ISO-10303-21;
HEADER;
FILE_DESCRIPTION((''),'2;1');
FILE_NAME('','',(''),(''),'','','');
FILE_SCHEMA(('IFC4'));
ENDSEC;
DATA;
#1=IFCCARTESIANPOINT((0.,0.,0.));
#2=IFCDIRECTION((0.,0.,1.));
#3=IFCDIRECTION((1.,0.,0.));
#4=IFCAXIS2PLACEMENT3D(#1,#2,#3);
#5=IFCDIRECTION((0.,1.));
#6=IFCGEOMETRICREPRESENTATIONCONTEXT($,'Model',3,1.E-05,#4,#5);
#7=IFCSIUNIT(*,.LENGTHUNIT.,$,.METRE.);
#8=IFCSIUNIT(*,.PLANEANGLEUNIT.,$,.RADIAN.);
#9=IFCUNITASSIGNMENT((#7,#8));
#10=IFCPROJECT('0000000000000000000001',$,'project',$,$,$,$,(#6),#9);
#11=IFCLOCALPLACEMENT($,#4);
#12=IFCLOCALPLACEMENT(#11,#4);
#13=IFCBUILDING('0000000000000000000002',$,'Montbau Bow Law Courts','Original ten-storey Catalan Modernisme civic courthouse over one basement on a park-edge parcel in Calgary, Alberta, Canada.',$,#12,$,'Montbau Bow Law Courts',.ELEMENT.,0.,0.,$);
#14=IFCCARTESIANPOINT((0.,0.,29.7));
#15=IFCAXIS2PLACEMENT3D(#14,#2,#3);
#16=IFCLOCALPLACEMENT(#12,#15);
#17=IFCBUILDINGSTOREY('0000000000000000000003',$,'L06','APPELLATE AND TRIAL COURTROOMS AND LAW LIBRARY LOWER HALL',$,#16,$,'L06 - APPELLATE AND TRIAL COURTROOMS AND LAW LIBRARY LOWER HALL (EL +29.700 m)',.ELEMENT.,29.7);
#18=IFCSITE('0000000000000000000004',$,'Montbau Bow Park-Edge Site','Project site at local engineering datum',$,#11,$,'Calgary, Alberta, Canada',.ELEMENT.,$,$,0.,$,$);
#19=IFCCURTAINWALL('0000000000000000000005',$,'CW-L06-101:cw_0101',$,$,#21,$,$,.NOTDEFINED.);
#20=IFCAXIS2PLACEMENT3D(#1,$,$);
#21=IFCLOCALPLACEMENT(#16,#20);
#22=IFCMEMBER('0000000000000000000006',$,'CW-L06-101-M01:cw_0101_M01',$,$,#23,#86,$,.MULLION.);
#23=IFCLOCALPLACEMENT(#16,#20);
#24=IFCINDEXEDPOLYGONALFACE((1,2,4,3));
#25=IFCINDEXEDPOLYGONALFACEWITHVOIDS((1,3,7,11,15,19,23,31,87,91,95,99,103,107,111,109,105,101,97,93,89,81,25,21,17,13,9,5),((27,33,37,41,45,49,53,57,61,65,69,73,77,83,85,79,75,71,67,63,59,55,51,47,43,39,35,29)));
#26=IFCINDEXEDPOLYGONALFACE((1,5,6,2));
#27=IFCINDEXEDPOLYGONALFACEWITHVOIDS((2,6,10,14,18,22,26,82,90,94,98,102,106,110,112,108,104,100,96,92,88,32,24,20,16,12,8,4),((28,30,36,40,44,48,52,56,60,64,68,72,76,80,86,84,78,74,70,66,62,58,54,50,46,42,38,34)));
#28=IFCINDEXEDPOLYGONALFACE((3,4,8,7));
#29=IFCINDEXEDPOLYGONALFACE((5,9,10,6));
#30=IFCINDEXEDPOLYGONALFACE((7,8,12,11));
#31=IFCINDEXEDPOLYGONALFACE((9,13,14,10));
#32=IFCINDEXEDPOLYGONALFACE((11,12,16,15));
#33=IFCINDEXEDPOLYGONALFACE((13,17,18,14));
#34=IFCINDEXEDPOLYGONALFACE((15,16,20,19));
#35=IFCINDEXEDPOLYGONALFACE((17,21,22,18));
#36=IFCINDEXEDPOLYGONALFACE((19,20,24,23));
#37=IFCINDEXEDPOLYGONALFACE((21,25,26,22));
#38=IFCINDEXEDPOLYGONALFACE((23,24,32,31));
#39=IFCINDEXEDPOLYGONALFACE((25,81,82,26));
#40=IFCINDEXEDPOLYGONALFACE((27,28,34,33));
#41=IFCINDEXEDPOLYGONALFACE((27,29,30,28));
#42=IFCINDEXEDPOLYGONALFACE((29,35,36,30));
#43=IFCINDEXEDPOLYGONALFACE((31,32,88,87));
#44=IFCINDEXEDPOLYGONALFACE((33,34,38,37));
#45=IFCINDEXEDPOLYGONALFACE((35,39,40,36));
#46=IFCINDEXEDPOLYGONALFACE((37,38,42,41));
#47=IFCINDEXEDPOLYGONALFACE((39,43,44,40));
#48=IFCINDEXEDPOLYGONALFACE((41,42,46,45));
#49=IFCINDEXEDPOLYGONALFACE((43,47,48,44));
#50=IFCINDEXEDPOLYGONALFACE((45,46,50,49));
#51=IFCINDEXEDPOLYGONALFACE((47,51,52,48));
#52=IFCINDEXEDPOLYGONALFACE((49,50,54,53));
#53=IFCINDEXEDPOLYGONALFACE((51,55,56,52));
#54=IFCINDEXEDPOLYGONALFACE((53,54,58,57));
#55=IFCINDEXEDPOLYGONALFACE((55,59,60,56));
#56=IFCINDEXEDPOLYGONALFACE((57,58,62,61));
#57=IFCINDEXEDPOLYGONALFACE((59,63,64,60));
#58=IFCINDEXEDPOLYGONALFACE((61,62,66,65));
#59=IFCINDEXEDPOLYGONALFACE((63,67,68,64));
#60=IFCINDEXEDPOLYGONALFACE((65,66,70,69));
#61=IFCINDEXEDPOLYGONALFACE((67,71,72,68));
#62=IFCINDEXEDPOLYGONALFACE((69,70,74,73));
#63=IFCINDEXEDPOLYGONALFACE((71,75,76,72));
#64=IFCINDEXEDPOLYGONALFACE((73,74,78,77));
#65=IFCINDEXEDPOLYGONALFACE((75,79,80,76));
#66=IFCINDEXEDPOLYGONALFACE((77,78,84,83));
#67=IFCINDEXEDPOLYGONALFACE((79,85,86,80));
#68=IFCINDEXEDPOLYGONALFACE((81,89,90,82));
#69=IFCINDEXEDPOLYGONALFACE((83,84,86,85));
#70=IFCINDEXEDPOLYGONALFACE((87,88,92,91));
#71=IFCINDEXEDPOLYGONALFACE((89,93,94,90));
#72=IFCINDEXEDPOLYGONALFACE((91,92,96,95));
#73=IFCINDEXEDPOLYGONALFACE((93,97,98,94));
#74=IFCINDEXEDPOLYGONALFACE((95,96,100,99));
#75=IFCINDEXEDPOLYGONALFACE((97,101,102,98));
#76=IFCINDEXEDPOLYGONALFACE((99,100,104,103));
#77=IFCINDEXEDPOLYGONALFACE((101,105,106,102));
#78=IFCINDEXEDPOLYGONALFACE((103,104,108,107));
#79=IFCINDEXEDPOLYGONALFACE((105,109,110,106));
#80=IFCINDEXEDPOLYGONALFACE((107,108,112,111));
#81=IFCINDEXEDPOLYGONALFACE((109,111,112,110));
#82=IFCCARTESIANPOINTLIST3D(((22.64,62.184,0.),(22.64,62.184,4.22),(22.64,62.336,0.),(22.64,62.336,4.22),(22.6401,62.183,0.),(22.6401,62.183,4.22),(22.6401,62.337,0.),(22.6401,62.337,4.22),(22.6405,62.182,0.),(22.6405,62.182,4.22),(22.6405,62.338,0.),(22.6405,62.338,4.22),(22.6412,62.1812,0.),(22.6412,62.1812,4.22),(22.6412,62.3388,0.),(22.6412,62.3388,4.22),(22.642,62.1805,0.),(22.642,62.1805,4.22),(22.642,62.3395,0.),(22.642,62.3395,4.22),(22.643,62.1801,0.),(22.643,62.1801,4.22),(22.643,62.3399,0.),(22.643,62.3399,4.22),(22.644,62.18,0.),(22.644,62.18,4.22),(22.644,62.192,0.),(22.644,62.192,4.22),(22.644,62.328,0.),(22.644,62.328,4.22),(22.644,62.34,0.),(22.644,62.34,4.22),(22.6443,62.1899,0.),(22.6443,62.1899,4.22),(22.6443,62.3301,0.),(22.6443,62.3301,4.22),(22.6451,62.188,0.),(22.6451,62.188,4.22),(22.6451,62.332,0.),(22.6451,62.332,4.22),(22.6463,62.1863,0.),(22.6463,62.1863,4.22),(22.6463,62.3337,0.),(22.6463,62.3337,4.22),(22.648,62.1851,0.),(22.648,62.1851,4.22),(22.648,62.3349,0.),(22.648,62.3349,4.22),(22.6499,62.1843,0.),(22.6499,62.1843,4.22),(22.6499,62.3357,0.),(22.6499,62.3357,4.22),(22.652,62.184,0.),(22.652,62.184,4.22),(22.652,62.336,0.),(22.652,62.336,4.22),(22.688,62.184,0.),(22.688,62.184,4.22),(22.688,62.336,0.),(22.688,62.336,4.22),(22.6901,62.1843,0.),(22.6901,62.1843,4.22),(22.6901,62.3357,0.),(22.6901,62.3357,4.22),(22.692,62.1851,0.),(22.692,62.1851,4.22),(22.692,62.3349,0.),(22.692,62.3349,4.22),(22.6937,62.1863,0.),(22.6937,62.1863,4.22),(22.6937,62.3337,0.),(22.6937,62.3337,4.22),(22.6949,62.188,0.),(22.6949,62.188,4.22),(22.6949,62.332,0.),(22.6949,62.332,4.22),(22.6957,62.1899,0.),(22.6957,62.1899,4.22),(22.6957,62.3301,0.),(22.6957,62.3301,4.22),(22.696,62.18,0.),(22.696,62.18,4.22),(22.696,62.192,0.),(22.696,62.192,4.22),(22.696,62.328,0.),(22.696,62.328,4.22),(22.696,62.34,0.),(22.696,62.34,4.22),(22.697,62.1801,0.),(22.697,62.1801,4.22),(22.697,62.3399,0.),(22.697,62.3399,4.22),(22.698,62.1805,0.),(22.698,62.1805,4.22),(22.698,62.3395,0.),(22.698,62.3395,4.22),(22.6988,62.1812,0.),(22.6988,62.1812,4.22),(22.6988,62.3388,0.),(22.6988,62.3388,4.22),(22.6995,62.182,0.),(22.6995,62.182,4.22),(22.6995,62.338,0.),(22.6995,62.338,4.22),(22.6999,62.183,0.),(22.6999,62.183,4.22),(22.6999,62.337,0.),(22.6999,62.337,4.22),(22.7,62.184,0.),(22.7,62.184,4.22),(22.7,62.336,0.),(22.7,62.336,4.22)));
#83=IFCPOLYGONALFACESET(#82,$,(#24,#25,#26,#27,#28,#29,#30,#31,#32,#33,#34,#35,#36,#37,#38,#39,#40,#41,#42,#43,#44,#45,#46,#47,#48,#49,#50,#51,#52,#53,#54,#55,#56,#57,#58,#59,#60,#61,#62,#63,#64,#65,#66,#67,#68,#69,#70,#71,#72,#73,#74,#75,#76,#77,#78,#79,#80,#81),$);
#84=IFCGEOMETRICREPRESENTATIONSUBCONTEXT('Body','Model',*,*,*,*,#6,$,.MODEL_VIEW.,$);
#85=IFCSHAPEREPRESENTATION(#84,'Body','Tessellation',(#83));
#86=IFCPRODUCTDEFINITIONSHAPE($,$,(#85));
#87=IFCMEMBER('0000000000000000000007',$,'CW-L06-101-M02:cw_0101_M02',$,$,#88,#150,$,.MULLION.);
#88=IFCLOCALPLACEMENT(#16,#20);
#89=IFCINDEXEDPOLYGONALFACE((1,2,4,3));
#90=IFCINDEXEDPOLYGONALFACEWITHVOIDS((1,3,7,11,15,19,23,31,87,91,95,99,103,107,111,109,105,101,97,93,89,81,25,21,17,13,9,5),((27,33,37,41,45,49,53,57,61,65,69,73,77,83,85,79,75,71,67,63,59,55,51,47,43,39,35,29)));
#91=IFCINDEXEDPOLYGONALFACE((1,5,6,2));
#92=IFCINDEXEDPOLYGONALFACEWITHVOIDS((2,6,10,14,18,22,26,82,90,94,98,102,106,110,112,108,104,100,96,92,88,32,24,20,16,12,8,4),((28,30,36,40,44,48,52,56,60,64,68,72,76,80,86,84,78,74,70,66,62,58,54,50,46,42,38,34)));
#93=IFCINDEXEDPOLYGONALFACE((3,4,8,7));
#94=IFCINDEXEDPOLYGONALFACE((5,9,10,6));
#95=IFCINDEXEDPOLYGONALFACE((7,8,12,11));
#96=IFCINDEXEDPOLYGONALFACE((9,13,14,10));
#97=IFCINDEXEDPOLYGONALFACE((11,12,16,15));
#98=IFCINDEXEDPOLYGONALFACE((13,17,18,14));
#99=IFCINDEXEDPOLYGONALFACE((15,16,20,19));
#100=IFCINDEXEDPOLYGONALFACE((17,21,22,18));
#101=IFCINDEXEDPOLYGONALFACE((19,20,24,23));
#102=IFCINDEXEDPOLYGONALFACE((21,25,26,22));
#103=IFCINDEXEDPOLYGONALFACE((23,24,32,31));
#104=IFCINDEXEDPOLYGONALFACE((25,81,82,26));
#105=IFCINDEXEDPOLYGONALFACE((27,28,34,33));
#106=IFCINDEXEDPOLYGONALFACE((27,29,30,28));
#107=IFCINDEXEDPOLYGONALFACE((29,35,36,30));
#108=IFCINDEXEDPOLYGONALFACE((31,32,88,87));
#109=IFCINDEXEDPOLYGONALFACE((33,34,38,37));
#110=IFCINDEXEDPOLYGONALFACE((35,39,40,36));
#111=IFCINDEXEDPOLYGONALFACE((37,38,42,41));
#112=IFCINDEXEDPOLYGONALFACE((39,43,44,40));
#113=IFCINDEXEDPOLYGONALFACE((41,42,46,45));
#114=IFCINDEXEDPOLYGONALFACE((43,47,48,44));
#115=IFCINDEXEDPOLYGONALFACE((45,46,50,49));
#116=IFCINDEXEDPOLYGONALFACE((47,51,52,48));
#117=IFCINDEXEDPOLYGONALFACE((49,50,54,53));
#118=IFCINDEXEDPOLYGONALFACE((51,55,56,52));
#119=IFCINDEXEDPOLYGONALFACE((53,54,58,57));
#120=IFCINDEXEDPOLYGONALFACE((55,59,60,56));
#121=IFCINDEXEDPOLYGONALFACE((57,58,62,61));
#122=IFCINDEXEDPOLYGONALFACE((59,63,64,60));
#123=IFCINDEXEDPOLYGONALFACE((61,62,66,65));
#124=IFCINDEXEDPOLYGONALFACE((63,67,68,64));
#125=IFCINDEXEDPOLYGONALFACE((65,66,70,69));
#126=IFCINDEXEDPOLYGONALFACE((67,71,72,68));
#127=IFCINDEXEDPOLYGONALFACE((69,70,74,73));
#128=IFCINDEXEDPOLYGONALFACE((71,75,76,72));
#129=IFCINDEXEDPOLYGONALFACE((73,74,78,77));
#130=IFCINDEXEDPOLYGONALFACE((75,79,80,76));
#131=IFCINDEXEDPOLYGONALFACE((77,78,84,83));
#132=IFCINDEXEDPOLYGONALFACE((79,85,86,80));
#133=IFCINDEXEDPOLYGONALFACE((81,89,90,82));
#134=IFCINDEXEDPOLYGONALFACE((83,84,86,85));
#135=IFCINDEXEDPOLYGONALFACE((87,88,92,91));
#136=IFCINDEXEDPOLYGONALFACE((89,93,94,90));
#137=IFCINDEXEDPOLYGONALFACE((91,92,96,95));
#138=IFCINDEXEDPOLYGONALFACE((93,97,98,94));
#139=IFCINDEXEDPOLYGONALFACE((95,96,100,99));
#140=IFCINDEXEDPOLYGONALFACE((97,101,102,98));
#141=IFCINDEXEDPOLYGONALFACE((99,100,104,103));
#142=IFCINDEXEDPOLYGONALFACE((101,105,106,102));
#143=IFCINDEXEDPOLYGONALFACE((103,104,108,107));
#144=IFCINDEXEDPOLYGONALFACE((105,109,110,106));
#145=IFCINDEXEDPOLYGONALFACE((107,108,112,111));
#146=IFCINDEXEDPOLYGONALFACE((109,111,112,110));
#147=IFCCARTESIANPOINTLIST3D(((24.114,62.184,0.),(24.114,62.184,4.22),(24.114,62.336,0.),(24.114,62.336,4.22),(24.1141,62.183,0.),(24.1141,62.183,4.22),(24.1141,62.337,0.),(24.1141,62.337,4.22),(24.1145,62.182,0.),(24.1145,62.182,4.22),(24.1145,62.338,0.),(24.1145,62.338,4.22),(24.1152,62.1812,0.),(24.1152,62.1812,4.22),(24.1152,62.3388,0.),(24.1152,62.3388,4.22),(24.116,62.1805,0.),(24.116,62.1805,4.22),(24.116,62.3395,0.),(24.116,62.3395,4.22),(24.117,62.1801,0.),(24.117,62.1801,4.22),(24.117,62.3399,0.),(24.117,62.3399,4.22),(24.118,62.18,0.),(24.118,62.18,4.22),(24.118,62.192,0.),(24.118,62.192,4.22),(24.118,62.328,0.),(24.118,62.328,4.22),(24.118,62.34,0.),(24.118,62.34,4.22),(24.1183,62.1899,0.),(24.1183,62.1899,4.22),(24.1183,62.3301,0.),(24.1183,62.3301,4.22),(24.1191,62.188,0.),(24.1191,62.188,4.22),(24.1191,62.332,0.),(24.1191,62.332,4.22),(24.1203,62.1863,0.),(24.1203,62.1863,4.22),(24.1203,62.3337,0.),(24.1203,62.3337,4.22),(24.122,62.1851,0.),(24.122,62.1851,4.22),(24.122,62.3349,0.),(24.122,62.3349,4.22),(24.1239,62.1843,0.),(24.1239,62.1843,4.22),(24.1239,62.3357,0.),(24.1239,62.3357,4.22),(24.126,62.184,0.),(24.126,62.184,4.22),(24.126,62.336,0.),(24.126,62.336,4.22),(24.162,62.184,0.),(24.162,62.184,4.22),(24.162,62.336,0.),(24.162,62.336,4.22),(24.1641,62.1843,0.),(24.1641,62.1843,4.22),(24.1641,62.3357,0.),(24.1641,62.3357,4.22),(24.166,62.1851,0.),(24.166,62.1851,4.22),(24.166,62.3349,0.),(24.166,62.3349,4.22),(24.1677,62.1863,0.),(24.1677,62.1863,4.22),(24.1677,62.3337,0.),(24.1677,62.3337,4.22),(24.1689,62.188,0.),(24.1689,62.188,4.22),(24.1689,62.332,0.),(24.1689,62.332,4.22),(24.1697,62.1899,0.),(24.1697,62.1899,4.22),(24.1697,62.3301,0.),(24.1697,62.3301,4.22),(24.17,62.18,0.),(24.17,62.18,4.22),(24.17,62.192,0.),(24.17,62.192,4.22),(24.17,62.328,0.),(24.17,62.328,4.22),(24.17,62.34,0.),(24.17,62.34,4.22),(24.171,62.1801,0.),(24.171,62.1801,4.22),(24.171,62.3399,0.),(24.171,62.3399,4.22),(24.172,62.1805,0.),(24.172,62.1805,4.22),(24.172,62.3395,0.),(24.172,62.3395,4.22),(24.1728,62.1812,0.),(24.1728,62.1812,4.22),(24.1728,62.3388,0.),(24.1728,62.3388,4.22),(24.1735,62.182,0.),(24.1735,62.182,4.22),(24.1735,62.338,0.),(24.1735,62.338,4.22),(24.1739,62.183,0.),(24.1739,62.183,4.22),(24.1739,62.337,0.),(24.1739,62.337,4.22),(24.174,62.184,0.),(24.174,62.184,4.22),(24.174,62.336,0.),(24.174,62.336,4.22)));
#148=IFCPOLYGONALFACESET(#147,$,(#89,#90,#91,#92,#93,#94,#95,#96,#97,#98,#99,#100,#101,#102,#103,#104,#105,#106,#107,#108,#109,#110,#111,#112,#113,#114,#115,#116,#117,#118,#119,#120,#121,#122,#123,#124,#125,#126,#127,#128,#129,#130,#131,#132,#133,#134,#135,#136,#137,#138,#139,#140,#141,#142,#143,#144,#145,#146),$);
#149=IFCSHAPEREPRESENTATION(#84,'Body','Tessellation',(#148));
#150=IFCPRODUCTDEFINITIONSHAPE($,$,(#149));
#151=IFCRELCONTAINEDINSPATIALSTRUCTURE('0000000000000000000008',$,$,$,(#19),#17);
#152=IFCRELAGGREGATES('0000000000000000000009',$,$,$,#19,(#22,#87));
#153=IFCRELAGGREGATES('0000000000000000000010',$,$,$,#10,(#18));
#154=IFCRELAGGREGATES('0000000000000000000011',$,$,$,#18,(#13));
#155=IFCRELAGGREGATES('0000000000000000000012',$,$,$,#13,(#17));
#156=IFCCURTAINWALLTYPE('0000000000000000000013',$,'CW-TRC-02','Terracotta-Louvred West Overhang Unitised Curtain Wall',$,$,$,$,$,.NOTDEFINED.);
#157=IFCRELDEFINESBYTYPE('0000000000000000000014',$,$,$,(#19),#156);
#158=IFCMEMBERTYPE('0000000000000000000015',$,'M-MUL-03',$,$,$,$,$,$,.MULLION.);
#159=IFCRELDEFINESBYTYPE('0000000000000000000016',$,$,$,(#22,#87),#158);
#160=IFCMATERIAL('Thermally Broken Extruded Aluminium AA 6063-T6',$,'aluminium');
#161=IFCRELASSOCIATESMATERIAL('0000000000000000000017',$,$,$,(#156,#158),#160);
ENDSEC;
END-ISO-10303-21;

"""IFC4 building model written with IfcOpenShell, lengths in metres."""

from ifc_helpers import new_model, si_unit, direction, frame, origin_with_axes, origin_2d_with_axis, place, context, subcontext, project, spatial, hollow_rectangle, extrude, material, material_profile, profile_set, type_object, element, aggregate, save


model = new_model("IFC4")

# Units and contexts
model_context = context("Model", 3, precision=1e-05, world=origin_with_axes(), true_north=direction((0.0, 1.0)))
body_context = subcontext(model_context, "Body", "Model", "MODEL_VIEW")
ifc_project = project(units=[si_unit("LENGTHUNIT", "METRE"), si_unit("PLANEANGLEUNIT", "RADIAN")], contexts=[model_context])

# Site, building, storey
site_placement = place(None, origin_with_axes())
site = spatial("IfcSite", under=ifc_project, at=site_placement, Name="Montbau Bow Park-Edge Site", Description="Project site at local engineering datum", LongName="Calgary, Alberta, Canada", CompositionType="ELEMENT", RefElevation=0.0)
building_placement = place(site_placement, origin_with_axes())
building = spatial("IfcBuilding", under=site, at=building_placement, Name="Montbau Bow Law Courts", Description="Original ten-storey Catalan Modernisme civic courthouse over one basement on a park-edge parcel in Calgary, Alberta, Canada.", LongName="Montbau Bow Law Courts", CompositionType="ELEMENT", ElevationOfRefHeight=0.0, ElevationOfTerrain=0.0)
storey_placement = place(building_placement, frame((0.0, 0.0, 29.7), z_axis=(0.0, 0.0, 1.0), x_axis=(1.0, 0.0, 0.0)))
storey = spatial("IfcBuildingStorey", under=building, at=storey_placement, Name="L06", Description="APPELLATE AND TRIAL COURTROOMS AND LAW LIBRARY LOWER HALL", LongName="L06 - APPELLATE AND TRIAL COURTROOMS AND LAW LIBRARY LOWER HALL (EL +29.700 m)", CompositionType="ELEMENT", Elevation=29.7)

# Curtain wall, members
ifc_material_1 = material(Name="Thermally Broken Extruded Aluminium AA 6063-T6", Category="aluminium")
curtain_wall_type = type_object("IfcCurtainWallType", Name="CW-TRC-02", Description="Terracotta-Louvred West Overhang Unitised Curtain Wall", PredefinedType="NOTDEFINED", material=ifc_material_1)
curtain_wall_1_placement = place(None, frame((22.64, 62.26, 29.7), z_axis=(0.0, 0.0, 1.0), x_axis=(1.0, 0.0, 0.0)))
curtain_wall_1 = element("IfcCurtainWall", 1, at=curtain_wall_1_placement, inside=storey, type_object=curtain_wall_type, Name="CW-L06-101:cw_0101", PredefinedType="NOTDEFINED")
ifc_material_profile_1 = material_profile(ifc_material_1, hollow_rectangle(XDim=0.06, YDim=0.16, WallThickness=0.004, InnerFilletRadius=0.008, OuterFilletRadius=0.004, at=origin_2d_with_axis()), Name="CWM-160X60", Category="Main", Priority=0)
ifc_profile_set_1 = profile_set([ifc_material_profile_1], Name="Thermally Broken Extruded Aluminium AA 6063-T6")
member_type_1 = type_object("IfcMemberType", Name="M-MUL-03", PredefinedType="MULLION", material=ifc_profile_set_1)
member_1_placement = place(None, frame((22.67, 62.26, 29.7), z_axis=(0.0, 0.0, 1.0), x_axis=(1.0, 0.0, 0.0)))
member_1 = element("IfcMember", 2, at=member_1_placement, type_object=member_type_1, Name="CW-L06-101-M01:cw_0101_M01", PredefinedType="MULLION", context=body_context, shape_type="SweptSolid", body=[
    extrude(hollow_rectangle(XDim=0.06, YDim=0.16, WallThickness=0.004, InnerFilletRadius=0.008, OuterFilletRadius=0.004, at=origin_2d_with_axis()), origin_with_axes(), (0.0, 0.0, 1.0), 4.22),
])
member_2_placement = place(None, frame((24.144, 62.26, 29.7), z_axis=(0.0, 0.0, 1.0), x_axis=(1.0, 0.0, 0.0)))
member_2 = element("IfcMember", 3, at=member_2_placement, type_object=member_type_1, Name="CW-L06-101-M02:cw_0101_M02", PredefinedType="MULLION", context=body_context, shape_type="SweptSolid", body=[
    extrude(hollow_rectangle(XDim=0.06, YDim=0.16, WallThickness=0.004, InnerFilletRadius=0.008, OuterFilletRadius=0.004, at=origin_2d_with_axis()), origin_with_axes(), (0.0, 0.0, 1.0), 4.22),
])

aggregate(curtain_wall_1, [member_1, member_2])

save(model, "model.ifc")
